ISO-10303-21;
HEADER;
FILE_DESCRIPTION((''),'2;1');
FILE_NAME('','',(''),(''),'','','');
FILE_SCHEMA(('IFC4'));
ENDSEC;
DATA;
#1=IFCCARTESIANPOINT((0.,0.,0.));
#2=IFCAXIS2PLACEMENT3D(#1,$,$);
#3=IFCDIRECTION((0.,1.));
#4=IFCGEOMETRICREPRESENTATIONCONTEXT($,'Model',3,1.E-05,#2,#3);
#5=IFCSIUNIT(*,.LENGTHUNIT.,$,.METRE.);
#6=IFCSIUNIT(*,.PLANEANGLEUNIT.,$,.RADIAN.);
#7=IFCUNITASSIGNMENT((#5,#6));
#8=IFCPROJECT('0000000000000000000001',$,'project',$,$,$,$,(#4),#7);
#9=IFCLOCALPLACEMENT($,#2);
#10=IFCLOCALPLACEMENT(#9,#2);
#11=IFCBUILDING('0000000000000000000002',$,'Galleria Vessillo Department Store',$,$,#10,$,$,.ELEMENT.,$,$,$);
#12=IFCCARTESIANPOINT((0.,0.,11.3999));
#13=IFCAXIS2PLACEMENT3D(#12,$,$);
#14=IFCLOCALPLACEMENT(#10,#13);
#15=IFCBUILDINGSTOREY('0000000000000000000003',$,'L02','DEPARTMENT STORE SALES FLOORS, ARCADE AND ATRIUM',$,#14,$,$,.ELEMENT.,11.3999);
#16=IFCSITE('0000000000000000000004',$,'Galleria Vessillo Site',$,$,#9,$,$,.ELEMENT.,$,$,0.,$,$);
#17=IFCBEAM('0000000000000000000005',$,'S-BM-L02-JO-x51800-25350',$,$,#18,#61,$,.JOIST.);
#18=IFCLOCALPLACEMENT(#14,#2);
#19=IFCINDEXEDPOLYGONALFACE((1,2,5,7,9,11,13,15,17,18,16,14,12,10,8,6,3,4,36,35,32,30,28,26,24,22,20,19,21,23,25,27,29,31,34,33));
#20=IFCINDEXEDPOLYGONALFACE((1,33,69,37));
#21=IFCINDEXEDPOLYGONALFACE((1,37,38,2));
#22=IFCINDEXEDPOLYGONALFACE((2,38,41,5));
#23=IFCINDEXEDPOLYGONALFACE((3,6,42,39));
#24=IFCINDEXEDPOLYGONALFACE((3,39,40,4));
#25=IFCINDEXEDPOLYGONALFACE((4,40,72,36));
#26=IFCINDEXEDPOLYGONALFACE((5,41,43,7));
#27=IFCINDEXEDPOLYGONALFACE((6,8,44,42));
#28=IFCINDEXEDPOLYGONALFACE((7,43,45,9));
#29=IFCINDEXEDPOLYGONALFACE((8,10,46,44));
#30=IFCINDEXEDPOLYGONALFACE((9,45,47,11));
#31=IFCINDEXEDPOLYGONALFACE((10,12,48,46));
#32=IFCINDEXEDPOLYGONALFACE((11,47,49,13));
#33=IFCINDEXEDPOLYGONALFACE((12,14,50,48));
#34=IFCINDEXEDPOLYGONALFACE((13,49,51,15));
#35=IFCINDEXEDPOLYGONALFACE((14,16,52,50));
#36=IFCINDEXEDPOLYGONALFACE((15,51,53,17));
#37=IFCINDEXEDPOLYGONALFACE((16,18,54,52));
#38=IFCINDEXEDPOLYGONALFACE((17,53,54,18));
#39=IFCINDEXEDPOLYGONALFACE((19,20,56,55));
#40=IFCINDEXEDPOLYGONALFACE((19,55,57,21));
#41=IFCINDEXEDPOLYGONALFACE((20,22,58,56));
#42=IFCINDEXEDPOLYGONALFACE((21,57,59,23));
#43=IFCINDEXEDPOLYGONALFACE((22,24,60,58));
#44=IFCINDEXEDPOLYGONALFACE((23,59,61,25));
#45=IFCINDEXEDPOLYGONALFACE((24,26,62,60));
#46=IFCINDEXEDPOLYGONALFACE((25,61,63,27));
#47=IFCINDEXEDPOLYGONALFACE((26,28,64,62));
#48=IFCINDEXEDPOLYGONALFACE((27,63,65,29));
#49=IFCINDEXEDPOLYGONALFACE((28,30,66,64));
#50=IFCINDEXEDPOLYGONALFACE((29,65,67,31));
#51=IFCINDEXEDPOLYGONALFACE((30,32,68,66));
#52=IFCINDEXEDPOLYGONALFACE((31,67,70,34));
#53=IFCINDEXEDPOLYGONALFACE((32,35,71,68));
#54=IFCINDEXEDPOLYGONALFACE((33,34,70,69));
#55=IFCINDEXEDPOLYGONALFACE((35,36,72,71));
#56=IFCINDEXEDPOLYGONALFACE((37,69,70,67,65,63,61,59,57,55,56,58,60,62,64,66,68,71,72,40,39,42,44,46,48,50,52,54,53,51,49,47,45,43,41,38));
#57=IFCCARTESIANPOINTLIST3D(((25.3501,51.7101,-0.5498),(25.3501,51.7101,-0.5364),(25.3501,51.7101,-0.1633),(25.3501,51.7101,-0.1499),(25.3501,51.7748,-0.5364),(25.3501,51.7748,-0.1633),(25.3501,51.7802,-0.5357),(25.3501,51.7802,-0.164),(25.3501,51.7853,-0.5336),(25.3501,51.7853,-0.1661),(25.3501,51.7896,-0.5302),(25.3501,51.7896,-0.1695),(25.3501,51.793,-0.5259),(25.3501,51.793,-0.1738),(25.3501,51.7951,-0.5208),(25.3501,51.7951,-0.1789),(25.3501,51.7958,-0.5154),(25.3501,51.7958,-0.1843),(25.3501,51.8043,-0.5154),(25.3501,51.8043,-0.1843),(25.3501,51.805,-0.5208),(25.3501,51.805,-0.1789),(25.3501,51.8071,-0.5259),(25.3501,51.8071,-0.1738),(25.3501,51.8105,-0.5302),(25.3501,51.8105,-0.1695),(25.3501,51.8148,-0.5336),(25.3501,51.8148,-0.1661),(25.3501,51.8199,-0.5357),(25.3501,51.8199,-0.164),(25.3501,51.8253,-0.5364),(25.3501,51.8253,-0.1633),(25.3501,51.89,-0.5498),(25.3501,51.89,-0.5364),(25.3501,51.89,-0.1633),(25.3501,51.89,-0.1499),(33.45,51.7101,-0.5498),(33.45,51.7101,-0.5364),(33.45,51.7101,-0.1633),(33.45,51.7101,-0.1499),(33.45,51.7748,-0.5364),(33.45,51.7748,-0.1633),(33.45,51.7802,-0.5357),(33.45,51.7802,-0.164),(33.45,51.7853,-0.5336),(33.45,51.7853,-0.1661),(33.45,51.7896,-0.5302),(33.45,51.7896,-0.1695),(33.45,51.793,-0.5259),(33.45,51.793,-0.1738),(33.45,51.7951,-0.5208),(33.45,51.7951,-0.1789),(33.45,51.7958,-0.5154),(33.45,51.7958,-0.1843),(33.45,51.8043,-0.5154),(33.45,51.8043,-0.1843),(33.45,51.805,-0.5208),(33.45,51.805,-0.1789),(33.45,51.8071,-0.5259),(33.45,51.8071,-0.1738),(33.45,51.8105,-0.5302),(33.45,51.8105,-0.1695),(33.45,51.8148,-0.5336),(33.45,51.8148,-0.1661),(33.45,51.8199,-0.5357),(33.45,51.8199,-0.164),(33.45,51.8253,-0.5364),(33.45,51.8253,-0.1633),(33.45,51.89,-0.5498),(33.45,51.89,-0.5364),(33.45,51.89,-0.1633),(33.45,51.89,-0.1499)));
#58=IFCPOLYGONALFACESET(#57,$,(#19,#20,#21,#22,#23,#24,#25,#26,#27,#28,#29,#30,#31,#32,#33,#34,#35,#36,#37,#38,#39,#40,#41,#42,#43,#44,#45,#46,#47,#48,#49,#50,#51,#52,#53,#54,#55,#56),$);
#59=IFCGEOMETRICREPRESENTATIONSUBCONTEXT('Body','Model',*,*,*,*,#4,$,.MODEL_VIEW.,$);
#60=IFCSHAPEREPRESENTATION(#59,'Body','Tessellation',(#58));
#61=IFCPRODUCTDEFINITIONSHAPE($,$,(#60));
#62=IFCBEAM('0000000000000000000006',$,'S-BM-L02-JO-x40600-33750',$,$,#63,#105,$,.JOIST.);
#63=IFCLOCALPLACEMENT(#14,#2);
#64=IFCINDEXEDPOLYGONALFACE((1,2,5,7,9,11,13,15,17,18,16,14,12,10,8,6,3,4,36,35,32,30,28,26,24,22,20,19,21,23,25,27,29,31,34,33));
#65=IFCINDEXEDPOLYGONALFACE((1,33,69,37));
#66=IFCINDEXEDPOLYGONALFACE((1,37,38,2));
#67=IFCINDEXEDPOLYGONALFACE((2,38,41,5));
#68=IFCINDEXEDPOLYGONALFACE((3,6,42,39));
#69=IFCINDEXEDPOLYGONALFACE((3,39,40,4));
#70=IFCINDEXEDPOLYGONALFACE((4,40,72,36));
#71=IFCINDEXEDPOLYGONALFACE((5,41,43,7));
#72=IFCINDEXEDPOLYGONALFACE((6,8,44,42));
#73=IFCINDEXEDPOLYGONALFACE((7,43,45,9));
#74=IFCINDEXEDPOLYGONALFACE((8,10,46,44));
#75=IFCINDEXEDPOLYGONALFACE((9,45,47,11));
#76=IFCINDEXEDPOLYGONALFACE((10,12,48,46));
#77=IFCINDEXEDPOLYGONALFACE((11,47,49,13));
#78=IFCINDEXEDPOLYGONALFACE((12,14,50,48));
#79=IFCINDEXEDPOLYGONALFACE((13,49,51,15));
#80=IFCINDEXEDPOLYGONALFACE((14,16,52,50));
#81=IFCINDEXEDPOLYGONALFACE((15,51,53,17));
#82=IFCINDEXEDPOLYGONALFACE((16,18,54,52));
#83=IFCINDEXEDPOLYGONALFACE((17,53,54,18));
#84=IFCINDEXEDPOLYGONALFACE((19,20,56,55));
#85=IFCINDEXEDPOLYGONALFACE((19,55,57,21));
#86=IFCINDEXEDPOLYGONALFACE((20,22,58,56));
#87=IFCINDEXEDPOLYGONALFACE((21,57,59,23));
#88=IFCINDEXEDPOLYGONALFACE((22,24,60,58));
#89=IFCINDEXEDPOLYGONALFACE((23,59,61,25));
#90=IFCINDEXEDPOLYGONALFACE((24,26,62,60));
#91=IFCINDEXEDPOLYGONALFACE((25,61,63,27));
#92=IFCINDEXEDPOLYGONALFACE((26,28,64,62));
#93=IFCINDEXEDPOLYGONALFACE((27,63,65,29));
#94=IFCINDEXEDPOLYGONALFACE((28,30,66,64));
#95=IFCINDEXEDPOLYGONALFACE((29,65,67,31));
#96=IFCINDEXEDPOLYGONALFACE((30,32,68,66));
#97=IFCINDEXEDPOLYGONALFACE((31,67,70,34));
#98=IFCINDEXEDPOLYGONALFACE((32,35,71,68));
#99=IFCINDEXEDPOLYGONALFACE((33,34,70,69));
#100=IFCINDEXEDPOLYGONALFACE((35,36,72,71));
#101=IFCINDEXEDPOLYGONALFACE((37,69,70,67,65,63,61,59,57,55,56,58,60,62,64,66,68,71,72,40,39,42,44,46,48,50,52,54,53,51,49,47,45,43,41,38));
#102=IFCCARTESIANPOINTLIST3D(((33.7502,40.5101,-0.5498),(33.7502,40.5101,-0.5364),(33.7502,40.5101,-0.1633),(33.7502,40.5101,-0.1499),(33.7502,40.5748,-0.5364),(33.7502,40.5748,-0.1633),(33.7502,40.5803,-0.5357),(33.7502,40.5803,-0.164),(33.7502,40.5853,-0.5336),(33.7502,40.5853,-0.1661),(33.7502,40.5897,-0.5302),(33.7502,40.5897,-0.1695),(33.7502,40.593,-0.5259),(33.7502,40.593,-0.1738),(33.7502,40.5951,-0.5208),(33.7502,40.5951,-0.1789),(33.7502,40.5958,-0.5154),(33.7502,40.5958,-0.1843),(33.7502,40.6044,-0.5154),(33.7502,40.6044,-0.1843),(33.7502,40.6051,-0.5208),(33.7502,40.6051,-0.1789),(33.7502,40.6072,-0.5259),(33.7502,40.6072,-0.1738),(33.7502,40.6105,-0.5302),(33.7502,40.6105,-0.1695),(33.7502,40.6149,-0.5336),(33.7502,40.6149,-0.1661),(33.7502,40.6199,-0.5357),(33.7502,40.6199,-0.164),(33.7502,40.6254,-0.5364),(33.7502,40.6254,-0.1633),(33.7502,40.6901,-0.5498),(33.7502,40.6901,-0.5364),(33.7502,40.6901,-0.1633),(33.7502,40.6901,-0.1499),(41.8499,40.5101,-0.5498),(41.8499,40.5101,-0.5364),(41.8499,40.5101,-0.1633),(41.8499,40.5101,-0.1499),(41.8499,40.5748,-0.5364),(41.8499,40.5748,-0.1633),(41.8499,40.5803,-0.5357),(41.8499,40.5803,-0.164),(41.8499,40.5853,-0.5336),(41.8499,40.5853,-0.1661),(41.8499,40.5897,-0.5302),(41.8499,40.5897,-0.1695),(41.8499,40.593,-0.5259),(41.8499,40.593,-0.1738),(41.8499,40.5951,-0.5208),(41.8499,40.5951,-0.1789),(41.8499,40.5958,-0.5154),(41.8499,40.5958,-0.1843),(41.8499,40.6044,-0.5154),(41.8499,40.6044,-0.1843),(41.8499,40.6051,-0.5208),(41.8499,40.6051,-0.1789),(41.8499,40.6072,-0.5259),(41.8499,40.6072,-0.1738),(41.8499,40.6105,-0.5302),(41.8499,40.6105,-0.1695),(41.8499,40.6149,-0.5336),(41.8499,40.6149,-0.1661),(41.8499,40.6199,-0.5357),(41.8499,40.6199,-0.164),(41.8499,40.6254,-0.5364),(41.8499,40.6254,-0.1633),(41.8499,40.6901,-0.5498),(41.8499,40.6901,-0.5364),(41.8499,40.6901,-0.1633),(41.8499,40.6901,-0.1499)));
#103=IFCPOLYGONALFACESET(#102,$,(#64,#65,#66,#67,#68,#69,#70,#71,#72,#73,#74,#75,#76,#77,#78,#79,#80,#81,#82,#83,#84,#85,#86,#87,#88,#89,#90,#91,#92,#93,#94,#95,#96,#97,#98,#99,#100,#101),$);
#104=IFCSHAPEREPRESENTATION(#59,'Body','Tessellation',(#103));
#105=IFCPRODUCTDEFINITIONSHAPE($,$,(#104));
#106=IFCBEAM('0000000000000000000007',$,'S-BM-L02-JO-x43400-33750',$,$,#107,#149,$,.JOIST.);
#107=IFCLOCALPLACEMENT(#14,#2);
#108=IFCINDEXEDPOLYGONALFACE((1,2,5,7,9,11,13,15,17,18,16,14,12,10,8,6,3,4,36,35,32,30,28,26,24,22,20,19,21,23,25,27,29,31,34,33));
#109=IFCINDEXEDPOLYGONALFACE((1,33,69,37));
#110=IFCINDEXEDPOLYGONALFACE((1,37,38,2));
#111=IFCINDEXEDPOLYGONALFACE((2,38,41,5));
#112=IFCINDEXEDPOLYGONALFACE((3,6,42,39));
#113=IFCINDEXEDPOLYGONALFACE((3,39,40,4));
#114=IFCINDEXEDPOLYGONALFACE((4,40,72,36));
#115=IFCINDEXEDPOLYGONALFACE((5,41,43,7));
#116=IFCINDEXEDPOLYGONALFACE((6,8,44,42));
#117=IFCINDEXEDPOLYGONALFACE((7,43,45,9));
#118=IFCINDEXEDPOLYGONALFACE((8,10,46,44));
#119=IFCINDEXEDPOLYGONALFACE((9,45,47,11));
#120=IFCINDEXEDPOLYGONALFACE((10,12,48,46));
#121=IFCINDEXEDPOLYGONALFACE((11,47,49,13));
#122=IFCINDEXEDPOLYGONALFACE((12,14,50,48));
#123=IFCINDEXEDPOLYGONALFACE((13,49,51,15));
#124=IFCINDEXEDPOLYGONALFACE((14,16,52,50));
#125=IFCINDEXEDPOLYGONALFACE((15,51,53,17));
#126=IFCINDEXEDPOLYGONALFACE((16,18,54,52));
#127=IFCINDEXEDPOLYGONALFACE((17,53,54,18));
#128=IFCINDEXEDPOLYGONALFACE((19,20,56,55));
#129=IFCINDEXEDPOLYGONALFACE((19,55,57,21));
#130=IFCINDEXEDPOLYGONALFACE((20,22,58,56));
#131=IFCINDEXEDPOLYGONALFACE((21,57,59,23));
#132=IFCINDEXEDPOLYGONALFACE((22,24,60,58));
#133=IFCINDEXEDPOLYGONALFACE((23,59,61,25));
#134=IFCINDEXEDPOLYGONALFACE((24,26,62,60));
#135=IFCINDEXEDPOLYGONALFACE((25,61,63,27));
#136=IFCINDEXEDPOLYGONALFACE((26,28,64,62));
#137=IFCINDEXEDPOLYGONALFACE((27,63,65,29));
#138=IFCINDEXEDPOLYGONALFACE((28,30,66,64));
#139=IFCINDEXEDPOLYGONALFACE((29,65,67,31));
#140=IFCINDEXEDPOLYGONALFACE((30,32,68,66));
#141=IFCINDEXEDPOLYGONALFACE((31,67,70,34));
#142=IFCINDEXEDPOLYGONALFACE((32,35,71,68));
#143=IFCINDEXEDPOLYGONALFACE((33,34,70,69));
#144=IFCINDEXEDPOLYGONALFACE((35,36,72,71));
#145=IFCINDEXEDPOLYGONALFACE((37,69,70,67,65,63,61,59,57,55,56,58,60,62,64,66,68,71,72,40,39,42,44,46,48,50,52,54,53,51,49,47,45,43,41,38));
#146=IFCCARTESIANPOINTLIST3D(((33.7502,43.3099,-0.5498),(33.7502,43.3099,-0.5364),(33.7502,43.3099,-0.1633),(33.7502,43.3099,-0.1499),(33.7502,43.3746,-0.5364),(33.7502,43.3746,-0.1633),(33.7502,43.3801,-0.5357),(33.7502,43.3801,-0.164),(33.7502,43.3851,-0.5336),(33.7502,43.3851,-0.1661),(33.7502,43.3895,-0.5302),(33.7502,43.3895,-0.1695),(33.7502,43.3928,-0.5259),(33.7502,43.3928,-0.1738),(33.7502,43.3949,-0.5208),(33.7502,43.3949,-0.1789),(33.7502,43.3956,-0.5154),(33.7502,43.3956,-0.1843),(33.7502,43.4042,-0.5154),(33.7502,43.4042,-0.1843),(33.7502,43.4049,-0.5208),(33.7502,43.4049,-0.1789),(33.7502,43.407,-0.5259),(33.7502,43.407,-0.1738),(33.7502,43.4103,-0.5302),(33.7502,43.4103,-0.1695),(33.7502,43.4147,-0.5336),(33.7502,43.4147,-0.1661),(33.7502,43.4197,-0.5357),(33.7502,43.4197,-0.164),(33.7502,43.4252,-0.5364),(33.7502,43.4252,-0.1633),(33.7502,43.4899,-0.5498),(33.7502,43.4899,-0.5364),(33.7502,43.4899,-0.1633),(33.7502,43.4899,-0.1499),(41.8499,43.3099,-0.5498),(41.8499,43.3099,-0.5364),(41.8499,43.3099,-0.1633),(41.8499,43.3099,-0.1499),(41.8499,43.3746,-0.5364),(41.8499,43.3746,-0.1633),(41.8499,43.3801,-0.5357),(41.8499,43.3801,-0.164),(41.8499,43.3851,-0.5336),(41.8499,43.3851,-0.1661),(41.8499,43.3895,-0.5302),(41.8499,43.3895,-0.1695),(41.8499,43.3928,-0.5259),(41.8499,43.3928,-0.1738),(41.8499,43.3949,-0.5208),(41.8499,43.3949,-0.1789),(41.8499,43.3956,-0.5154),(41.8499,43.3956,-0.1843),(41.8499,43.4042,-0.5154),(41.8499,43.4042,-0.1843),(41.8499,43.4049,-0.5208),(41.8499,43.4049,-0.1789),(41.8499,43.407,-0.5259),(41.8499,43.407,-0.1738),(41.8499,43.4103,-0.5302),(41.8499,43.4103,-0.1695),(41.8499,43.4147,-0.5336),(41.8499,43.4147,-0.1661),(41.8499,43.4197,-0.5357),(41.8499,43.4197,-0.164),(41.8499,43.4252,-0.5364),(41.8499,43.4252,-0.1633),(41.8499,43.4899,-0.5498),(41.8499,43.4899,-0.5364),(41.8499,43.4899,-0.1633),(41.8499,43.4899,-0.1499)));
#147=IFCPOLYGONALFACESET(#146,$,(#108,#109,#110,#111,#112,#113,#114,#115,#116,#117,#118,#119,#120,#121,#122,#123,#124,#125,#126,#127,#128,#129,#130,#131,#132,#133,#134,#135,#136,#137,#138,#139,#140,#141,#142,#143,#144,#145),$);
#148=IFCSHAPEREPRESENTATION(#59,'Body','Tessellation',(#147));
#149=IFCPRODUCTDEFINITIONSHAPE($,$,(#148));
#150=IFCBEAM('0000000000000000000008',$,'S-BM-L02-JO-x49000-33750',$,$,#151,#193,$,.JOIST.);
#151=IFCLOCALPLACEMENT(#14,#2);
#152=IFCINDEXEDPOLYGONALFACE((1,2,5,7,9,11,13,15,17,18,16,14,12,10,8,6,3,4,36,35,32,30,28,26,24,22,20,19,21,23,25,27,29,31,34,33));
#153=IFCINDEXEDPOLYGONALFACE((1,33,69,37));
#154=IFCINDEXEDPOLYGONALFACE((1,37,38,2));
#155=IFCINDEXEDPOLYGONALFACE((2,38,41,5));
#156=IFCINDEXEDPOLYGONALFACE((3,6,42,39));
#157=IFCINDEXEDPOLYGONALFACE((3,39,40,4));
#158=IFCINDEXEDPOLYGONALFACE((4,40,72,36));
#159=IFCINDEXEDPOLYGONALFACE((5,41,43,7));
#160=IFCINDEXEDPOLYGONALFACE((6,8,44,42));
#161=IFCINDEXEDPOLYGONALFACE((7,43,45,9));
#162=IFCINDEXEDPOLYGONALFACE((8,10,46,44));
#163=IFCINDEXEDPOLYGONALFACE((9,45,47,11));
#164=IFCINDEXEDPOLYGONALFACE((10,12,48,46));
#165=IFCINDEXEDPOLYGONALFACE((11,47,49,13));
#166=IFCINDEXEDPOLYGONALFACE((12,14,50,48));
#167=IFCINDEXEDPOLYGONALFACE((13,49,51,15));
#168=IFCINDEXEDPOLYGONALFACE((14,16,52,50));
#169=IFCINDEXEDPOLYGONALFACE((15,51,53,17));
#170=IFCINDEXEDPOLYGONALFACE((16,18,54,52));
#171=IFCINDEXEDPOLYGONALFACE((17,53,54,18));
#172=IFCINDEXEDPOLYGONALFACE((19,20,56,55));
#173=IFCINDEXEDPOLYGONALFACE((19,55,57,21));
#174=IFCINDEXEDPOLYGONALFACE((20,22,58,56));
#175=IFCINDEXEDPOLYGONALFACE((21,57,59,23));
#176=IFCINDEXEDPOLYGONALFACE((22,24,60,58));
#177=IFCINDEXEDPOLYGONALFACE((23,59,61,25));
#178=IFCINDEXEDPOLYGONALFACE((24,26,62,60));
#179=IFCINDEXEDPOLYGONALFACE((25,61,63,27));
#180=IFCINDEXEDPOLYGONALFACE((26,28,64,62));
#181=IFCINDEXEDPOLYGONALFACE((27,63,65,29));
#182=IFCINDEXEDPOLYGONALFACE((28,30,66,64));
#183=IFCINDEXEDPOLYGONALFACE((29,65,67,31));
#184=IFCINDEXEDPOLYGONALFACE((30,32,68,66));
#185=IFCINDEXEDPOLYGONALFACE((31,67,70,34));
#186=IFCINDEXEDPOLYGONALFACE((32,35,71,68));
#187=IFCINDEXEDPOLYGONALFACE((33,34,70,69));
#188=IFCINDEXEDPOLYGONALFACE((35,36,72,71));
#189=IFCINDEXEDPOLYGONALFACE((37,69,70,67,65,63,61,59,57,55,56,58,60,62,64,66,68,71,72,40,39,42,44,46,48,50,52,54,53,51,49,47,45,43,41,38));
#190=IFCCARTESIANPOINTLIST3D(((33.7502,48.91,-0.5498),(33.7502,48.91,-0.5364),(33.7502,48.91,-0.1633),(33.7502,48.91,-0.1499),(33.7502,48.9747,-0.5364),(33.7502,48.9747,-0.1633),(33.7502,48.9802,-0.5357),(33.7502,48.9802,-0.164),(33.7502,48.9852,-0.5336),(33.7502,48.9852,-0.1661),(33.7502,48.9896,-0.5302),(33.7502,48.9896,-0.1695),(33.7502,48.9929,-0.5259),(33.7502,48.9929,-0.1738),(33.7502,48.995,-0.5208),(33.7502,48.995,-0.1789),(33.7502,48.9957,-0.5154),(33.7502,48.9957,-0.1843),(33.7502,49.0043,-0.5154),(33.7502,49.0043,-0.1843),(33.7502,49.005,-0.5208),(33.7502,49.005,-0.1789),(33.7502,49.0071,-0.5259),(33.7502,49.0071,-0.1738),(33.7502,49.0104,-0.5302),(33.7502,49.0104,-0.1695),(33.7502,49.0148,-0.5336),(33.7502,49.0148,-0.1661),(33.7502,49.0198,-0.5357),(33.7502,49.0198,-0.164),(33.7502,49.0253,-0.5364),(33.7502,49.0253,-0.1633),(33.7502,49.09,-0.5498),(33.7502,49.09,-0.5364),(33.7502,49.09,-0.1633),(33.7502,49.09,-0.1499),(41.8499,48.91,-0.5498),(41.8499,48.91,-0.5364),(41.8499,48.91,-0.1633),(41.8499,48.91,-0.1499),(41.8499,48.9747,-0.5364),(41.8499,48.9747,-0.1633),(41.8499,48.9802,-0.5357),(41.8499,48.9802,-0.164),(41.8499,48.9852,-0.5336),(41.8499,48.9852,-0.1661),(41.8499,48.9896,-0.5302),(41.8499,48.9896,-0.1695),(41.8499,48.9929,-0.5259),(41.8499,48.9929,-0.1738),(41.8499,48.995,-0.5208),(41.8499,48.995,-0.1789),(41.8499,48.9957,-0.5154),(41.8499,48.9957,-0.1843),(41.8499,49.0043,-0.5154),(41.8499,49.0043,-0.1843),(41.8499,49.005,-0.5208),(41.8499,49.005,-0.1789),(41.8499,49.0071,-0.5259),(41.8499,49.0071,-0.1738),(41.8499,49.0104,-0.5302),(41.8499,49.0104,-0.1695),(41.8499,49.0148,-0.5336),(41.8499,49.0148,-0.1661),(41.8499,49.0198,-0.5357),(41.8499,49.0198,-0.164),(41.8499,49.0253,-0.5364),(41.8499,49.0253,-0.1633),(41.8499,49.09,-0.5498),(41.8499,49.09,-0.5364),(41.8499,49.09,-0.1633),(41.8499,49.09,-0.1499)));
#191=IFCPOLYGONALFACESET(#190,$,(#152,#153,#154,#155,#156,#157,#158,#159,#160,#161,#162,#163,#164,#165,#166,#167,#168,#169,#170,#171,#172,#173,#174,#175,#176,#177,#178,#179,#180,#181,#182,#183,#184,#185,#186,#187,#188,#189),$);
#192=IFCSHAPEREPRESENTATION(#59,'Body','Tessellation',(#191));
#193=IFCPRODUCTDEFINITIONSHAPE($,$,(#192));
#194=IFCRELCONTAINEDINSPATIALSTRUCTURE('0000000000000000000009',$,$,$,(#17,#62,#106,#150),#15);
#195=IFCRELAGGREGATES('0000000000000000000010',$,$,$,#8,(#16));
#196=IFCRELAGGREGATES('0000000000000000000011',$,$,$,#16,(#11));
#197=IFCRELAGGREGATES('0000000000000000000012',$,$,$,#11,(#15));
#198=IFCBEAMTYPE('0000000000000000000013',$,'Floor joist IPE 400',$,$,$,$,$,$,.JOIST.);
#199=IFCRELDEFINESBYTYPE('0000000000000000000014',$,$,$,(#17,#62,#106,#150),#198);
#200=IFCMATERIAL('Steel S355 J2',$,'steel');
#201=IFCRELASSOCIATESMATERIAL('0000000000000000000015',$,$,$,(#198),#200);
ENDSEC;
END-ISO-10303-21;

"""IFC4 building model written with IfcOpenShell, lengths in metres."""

from ifc_helpers import new_model, si_unit, direction, frame, origin, origin_2d, place, context, subcontext, project, spatial, i_section, extrude, material, material_profile, profile_set, type_object, element, save


model = new_model("IFC4")

# Units and contexts
model_context = context("Model", 3, precision=1e-05, world=origin(), true_north=direction((0.0, 1.0)))
body_context = subcontext(model_context, "Body", "Model", "MODEL_VIEW")
ifc_project = project(units=[si_unit("LENGTHUNIT", "METRE"), si_unit("PLANEANGLEUNIT", "RADIAN")], contexts=[model_context])

# Site, building, storey
site_placement = place(None, origin())
site = spatial("IfcSite", under=ifc_project, at=site_placement, Name="Galleria Vessillo Site", CompositionType="ELEMENT", RefElevation=0.0)
building_placement = place(site_placement, origin())
building = spatial("IfcBuilding", under=site, at=building_placement, Name="Galleria Vessillo Department Store", CompositionType="ELEMENT")
storey_placement = place(building_placement, frame((0.0, 0.0, 11.3999)))
storey = spatial("IfcBuildingStorey", under=building, at=storey_placement, Name="L02", Description="DEPARTMENT STORE SALES FLOORS, ARCADE AND ATRIUM", CompositionType="ELEMENT", Elevation=11.3999)

# Beams
ifc_material_1 = material(Name="Steel S355 J2", Category="steel")
ifc_material_profile_1 = material_profile(ifc_material_1, i_section(OverallWidth=0.1799, OverallDepth=0.3999, WebThickness=0.0085, FlangeThickness=0.0134, FilletRadius=0.021, at=origin_2d()), Name="IPE 400")
ifc_profile_set_1 = profile_set([ifc_material_profile_1], Name="Steel S355 J2")
beam_type_1 = type_object("IfcBeamType", Name="Floor joist IPE 400", PredefinedType="JOIST", material=ifc_profile_set_1)
for number, where, z_axis, x_axis, name in (
    (1, (25.3501, 51.8, -0.3499), (1.0, 0.0, 0.0), (0.0, 1.0, 0.0), "S-BM-L02-JO-x51800-25350"),
):
    element("IfcBeam", number, at=place(storey_placement, frame(where, z_axis=z_axis, x_axis=x_axis)), inside=storey, type_object=beam_type_1, Name=name, PredefinedType="JOIST", context=body_context, shape_type="SweptSolid", body=[
        extrude(i_section(OverallWidth=0.1799, OverallDepth=0.3999, WebThickness=0.0085, FlangeThickness=0.0134, FilletRadius=0.021, at=origin_2d()), origin(), (0.0, 0.0, 1.0), 8.0999),
    ])
for number, where, z_axis, x_axis, name in (
    (2, (33.7502, 40.6001, -0.3499), (1.0, 0.0, 0.0), (0.0, 1.0, 0.0), "S-BM-L02-JO-x40600-33750"),
    (3, (33.7502, 43.3999, -0.3499), (1.0, 0.0, 0.0), (0.0, 1.0, 0.0), "S-BM-L02-JO-x43400-33750"),
    (4, (33.7502, 49.0, -0.3499), (1.0, 0.0, 0.0), (0.0, 1.0, 0.0), "S-BM-L02-JO-x49000-33750"),
):
    element("IfcBeam", number, at=place(storey_placement, frame(where, z_axis=z_axis, x_axis=x_axis)), inside=storey, type_object=beam_type_1, Name=name, PredefinedType="JOIST", context=body_context, shape_type="SweptSolid", body=[
        extrude(i_section(OverallWidth=0.1799, OverallDepth=0.3999, WebThickness=0.0085, FlangeThickness=0.0134, FilletRadius=0.021, at=origin_2d()), origin(), (0.0, 0.0, 1.0), 8.0996),
    ])

save(model, "model.ifc")
